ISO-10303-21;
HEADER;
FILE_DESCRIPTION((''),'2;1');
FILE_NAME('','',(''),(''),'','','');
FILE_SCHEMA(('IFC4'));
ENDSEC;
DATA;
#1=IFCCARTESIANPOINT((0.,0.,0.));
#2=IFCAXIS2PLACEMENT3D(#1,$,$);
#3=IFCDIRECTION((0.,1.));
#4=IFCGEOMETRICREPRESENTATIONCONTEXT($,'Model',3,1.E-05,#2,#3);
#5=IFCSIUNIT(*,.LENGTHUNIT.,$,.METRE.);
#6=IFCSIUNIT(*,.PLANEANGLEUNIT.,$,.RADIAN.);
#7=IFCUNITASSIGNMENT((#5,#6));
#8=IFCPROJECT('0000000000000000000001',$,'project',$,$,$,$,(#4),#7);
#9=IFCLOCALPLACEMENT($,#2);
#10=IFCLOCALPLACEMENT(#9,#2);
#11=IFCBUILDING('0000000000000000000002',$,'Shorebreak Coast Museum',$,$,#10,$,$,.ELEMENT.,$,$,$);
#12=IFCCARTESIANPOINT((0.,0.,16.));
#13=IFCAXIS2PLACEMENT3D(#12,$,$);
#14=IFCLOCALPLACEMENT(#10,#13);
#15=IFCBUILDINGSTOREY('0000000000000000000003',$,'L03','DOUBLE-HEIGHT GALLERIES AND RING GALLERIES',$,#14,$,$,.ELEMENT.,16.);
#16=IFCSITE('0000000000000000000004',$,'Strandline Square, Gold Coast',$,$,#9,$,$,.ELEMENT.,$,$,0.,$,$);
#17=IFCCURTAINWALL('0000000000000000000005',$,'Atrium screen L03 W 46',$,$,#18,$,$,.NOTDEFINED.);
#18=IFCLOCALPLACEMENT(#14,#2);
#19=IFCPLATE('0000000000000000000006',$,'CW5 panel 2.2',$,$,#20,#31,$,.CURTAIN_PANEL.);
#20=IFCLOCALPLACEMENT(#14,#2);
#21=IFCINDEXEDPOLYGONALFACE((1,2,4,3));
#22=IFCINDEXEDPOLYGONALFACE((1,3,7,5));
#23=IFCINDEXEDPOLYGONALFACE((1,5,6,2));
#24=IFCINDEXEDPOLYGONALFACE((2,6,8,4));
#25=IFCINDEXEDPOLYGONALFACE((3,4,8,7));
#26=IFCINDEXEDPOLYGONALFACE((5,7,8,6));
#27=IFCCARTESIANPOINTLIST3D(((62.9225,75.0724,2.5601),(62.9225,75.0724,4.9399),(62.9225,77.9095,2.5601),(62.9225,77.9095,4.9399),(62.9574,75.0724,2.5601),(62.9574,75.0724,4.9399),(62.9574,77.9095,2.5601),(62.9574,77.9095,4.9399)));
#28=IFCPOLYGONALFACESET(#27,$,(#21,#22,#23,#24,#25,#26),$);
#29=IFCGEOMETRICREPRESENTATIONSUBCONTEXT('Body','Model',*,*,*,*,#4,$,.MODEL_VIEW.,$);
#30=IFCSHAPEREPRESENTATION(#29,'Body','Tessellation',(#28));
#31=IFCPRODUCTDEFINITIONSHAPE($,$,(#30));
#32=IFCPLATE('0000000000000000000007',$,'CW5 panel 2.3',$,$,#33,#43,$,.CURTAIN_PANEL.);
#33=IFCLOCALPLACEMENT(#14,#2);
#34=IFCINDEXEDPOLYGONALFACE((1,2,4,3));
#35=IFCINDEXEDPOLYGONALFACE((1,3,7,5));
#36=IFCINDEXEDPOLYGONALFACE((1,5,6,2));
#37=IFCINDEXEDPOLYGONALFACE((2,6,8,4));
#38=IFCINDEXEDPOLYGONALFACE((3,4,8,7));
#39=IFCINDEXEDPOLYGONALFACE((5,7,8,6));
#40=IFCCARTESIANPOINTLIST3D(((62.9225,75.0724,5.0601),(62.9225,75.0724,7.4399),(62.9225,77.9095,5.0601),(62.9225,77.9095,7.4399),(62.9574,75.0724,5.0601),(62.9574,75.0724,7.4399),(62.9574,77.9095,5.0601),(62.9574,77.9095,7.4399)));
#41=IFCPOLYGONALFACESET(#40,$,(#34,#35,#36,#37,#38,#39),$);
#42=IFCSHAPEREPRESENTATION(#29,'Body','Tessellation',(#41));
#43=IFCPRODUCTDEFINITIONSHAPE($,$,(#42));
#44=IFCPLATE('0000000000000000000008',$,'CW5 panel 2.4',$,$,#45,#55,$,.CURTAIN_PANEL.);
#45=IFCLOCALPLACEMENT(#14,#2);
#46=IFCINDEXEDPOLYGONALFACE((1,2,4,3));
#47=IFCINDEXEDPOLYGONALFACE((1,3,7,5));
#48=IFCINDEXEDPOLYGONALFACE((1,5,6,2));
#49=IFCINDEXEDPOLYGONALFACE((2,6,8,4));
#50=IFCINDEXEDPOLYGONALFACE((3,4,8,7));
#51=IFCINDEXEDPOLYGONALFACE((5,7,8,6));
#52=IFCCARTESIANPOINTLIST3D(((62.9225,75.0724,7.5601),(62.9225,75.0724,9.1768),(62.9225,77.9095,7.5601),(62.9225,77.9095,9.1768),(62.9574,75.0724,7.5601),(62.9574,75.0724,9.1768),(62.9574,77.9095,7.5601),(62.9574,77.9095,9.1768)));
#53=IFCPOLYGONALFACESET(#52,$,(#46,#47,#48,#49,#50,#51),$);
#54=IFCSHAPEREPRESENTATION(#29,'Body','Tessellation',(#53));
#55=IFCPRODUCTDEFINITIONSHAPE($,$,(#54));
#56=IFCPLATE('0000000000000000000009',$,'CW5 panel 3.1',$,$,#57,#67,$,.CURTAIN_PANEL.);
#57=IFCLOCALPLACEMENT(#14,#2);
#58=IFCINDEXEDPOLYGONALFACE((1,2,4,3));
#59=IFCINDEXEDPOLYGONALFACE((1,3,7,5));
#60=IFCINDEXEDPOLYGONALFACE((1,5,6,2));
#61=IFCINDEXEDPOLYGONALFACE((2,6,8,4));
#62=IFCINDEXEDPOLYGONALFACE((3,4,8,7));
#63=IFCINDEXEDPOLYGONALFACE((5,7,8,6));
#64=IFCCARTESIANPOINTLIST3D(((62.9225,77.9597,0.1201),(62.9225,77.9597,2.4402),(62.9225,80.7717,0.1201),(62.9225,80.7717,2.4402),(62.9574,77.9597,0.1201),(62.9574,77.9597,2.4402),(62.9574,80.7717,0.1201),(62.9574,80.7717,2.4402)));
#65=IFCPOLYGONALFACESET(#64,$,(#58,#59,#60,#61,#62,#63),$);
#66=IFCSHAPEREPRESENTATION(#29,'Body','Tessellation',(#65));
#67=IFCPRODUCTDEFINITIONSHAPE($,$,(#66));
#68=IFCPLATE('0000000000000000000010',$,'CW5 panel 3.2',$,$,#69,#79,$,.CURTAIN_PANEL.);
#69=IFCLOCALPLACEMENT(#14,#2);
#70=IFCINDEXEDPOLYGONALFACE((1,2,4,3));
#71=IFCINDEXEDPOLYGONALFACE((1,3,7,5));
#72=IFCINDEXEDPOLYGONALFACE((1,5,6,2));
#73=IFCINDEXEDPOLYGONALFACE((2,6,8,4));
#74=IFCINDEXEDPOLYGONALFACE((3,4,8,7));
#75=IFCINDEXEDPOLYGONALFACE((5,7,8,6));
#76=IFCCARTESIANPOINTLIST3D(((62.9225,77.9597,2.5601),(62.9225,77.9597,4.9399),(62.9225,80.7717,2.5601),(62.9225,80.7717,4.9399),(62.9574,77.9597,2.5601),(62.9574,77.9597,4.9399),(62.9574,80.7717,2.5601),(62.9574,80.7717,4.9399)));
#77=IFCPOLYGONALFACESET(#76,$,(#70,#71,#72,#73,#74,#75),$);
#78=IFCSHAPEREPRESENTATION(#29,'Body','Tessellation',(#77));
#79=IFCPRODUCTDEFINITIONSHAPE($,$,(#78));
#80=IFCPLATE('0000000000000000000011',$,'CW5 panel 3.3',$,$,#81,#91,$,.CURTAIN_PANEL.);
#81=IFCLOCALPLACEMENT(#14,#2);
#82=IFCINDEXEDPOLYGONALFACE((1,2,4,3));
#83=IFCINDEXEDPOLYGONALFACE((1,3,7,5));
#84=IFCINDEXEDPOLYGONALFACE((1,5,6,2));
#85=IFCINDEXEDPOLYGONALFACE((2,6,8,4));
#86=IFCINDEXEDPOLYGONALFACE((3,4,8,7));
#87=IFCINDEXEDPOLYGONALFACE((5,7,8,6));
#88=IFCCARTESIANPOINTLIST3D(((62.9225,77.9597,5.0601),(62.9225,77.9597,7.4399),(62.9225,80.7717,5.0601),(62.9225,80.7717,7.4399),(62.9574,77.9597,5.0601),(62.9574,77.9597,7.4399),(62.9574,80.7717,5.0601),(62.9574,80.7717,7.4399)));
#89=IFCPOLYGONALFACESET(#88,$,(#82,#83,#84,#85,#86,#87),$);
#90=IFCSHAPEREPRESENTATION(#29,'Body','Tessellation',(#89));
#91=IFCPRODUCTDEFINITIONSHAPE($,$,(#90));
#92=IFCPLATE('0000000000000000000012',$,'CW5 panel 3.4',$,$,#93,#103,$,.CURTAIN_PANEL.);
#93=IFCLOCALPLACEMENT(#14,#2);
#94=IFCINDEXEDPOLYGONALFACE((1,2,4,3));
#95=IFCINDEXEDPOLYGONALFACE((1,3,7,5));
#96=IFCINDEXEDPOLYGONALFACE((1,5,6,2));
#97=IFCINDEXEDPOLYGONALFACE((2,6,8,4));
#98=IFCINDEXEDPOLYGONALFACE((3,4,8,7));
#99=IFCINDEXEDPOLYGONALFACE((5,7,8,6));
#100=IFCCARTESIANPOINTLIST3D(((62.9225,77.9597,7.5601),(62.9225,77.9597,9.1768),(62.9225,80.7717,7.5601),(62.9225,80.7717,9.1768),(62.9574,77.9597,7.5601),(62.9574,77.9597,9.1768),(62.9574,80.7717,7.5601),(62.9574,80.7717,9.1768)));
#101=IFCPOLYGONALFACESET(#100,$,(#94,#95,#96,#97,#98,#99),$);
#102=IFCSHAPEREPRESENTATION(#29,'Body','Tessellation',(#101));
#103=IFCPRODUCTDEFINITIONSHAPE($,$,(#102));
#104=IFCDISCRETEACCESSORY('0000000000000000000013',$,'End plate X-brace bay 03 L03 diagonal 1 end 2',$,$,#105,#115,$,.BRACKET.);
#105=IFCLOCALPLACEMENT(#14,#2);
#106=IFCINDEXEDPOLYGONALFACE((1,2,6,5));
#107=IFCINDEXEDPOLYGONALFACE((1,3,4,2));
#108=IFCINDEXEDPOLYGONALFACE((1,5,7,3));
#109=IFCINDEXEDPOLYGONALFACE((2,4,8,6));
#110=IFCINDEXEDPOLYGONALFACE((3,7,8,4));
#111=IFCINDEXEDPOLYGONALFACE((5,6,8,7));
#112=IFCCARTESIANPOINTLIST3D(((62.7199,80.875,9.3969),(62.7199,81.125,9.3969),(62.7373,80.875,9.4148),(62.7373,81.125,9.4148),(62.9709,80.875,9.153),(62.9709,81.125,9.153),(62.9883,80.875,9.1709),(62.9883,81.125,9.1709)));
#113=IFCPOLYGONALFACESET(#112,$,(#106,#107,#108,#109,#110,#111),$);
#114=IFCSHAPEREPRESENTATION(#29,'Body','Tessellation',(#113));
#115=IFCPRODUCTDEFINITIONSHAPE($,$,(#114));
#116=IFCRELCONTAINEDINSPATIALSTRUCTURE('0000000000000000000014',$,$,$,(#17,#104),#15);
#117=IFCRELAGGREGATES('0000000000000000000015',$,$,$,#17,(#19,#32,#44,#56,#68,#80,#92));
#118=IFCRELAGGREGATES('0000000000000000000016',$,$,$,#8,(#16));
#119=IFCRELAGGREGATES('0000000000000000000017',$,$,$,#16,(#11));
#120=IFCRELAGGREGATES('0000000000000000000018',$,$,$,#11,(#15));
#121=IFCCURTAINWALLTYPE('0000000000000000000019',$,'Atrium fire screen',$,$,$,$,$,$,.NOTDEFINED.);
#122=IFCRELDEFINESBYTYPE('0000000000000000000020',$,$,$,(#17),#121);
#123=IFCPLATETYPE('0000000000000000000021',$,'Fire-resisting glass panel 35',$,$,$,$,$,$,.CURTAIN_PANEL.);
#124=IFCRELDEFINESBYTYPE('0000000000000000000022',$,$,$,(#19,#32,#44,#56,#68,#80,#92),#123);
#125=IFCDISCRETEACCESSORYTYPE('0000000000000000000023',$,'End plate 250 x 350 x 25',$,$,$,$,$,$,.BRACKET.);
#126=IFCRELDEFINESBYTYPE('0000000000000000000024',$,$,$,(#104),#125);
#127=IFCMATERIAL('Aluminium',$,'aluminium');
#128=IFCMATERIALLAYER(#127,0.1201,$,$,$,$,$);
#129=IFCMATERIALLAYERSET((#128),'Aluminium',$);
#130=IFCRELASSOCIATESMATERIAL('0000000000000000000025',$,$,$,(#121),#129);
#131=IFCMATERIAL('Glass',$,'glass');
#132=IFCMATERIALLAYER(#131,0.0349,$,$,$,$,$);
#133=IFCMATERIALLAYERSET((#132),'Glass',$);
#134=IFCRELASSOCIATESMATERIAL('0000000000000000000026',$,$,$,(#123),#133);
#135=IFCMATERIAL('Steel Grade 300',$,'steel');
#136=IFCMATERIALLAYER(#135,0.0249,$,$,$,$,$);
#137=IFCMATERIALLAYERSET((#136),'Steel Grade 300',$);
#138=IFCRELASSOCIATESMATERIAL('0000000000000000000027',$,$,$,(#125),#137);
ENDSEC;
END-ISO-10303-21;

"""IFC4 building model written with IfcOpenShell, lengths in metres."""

from ifc_helpers import new_model, si_unit, direction, frame, origin, origin_2d, place, context, subcontext, project, spatial, polyline, rectangle, outline, extrude, material, layer, layer_set, type_object, element, aggregate, save


model = new_model("IFC4")

# Units and contexts
model_context = context("Model", 3, precision=1e-05, world=origin(), true_north=direction((0.0, 1.0)))
body_context = subcontext(model_context, "Body", "Model", "MODEL_VIEW")
ifc_project = project(units=[si_unit("LENGTHUNIT", "METRE"), si_unit("PLANEANGLEUNIT", "RADIAN")], contexts=[model_context])

# Site, building, storey
site_placement = place(None, origin())
site = spatial("IfcSite", under=ifc_project, at=site_placement, Name="Strandline Square, Gold Coast", CompositionType="ELEMENT", RefElevation=0.0)
building_placement = place(site_placement, origin())
building = spatial("IfcBuilding", under=site, at=building_placement, Name="Shorebreak Coast Museum", CompositionType="ELEMENT")
storey_placement = place(building_placement, frame((0.0, 0.0, 16.0)))
storey = spatial("IfcBuildingStorey", under=building, at=storey_placement, Name="L03", Description="DOUBLE-HEIGHT GALLERIES AND RING GALLERIES", CompositionType="ELEMENT", Elevation=16.0)

# Shared definitions
ifc_material_1 = material(Name="Aluminium", Category="aluminium")
ifc_layer_1 = layer(ifc_material_1, 0.1201)
ifc_layer_set_1 = layer_set([ifc_layer_1], Name="Aluminium")
curtain_wall_type = type_object("IfcCurtainWallType", Name="Atrium fire screen", PredefinedType="NOTDEFINED", material=ifc_layer_set_1)

# Curtain wall
curtain_wall_1_placement = place(storey_placement, origin())
curtain_wall_1 = element("IfcCurtainWall", 1, at=curtain_wall_1_placement, inside=storey, type_object=curtain_wall_type, Name="Atrium screen L03 W 46", PredefinedType="NOTDEFINED")

# Plates
ifc_material_2 = material(Name="Glass", Category="glass")
ifc_layer_2 = layer(ifc_material_2, 0.0349)
ifc_layer_set_2 = layer_set([ifc_layer_2], Name="Glass")
plate_type = type_object("IfcPlateType", Name="Fire-resisting glass panel 35", PredefinedType="CURTAIN_PANEL", material=ifc_layer_set_2)
plate_1_placement = place(storey_placement, frame((62.9399, 76.491, 2.5601), z_axis=(0.0, 0.0, 1.0), x_axis=(0.0, 1.0, 0.0)))
plate_1 = element("IfcPlate", 2, at=plate_1_placement, type_object=plate_type, Name="CW5 panel 2.2", PredefinedType="CURTAIN_PANEL", context=body_context, shape_type="SweptSolid", body=[
    extrude(rectangle(XDim=2.8372, YDim=0.0349, at=origin_2d()), origin(), (0.0, 0.0, 1.0), 2.3799),
])
plate_2_placement = place(storey_placement, frame((62.9399, 76.491, 5.0601), z_axis=(0.0, 0.0, 1.0), x_axis=(0.0, 1.0, 0.0)))
plate_2 = element("IfcPlate", 3, at=plate_2_placement, type_object=plate_type, Name="CW5 panel 2.3", PredefinedType="CURTAIN_PANEL", context=body_context, shape_type="SweptSolid", body=[
    extrude(rectangle(XDim=2.8372, YDim=0.0349, at=origin_2d()), origin(), (0.0, 0.0, 1.0), 2.3799),
])
plate_3_placement = place(storey_placement, frame((62.9399, 76.491, 7.5601), z_axis=(0.0, 0.0, 1.0), x_axis=(0.0, 1.0, 0.0)))
plate_3 = element("IfcPlate", 4, at=plate_3_placement, type_object=plate_type, Name="CW5 panel 2.4", PredefinedType="CURTAIN_PANEL", context=body_context, shape_type="SweptSolid", body=[
    extrude(rectangle(XDim=2.8372, YDim=0.0349, at=origin_2d()), origin(), (0.0, 0.0, 1.0), 1.6167),
])
plate_4_placement = place(storey_placement, frame((62.9399, 79.3657, 0.1201), z_axis=(0.0, 0.0, 1.0), x_axis=(0.0, 1.0, 0.0)))
plate_4 = element("IfcPlate", 5, at=plate_4_placement, type_object=plate_type, Name="CW5 panel 3.1", PredefinedType="CURTAIN_PANEL", context=body_context, shape_type="SweptSolid", body=[
    extrude(rectangle(XDim=2.812, YDim=0.0349, at=origin_2d()), origin(), (0.0, 0.0, 1.0), 2.3201),
])
plate_5_placement = place(storey_placement, frame((62.9399, 79.3657, 2.5601), z_axis=(0.0, 0.0, 1.0), x_axis=(0.0, 1.0, 0.0)))
plate_5 = element("IfcPlate", 6, at=plate_5_placement, type_object=plate_type, Name="CW5 panel 3.2", PredefinedType="CURTAIN_PANEL", context=body_context, shape_type="SweptSolid", body=[
    extrude(rectangle(XDim=2.812, YDim=0.0349, at=origin_2d()), origin(), (0.0, 0.0, 1.0), 2.3799),
])
plate_6_placement = place(storey_placement, frame((62.9399, 79.3657, 5.0601), z_axis=(0.0, 0.0, 1.0), x_axis=(0.0, 1.0, 0.0)))
plate_6 = element("IfcPlate", 7, at=plate_6_placement, type_object=plate_type, Name="CW5 panel 3.3", PredefinedType="CURTAIN_PANEL", context=body_context, shape_type="SweptSolid", body=[
    extrude(rectangle(XDim=2.812, YDim=0.0349, at=origin_2d()), origin(), (0.0, 0.0, 1.0), 2.3799),
])
plate_7_placement = place(storey_placement, frame((62.9399, 79.3657, 7.5601), z_axis=(0.0, 0.0, 1.0), x_axis=(0.0, 1.0, 0.0)))
plate_7 = element("IfcPlate", 8, at=plate_7_placement, type_object=plate_type, Name="CW5 panel 3.4", PredefinedType="CURTAIN_PANEL", context=body_context, shape_type="SweptSolid", body=[
    extrude(rectangle(XDim=2.812, YDim=0.0349, at=origin_2d()), origin(), (0.0, 0.0, 1.0), 1.6167),
])
aggregate(curtain_wall_1, [plate_1, plate_2, plate_3, plate_4, plate_5, plate_6, plate_7])

# Discrete accessory
ifc_material_3 = material(Name="Steel Grade 300", Category="steel")
ifc_layer_3 = layer(ifc_material_3, 0.0249)
ifc_layer_set_3 = layer_set([ifc_layer_3], Name="Steel Grade 300")
discrete_accessory_type = type_object("IfcDiscreteAccessoryType", Name="End plate 250 x 350 x 25", PredefinedType="BRACKET", material=ifc_layer_set_3)
discrete_accessory_placement = place(storey_placement, frame((62.9883, 80.875, 9.1709), z_axis=(0.696919, 0.0, 0.71715), x_axis=(0.0, 1.0, 0.0)))
element("IfcDiscreteAccessory", 9, at=discrete_accessory_placement, inside=storey, type_object=discrete_accessory_type, Name="End plate X-brace bay 03 L03 diagonal 1 end 2", PredefinedType="BRACKET", context=body_context, shape_type="SweptSolid", body=[
    extrude(outline(polyline([(0.0, 0.0), (0.25, 0.0), (0.25, 0.35), (0.0, 0.35), (0.0, 0.0)])), origin(), (0.0, 0.0, -1.0), 0.0249),
])

save(model, "model.ifc")
